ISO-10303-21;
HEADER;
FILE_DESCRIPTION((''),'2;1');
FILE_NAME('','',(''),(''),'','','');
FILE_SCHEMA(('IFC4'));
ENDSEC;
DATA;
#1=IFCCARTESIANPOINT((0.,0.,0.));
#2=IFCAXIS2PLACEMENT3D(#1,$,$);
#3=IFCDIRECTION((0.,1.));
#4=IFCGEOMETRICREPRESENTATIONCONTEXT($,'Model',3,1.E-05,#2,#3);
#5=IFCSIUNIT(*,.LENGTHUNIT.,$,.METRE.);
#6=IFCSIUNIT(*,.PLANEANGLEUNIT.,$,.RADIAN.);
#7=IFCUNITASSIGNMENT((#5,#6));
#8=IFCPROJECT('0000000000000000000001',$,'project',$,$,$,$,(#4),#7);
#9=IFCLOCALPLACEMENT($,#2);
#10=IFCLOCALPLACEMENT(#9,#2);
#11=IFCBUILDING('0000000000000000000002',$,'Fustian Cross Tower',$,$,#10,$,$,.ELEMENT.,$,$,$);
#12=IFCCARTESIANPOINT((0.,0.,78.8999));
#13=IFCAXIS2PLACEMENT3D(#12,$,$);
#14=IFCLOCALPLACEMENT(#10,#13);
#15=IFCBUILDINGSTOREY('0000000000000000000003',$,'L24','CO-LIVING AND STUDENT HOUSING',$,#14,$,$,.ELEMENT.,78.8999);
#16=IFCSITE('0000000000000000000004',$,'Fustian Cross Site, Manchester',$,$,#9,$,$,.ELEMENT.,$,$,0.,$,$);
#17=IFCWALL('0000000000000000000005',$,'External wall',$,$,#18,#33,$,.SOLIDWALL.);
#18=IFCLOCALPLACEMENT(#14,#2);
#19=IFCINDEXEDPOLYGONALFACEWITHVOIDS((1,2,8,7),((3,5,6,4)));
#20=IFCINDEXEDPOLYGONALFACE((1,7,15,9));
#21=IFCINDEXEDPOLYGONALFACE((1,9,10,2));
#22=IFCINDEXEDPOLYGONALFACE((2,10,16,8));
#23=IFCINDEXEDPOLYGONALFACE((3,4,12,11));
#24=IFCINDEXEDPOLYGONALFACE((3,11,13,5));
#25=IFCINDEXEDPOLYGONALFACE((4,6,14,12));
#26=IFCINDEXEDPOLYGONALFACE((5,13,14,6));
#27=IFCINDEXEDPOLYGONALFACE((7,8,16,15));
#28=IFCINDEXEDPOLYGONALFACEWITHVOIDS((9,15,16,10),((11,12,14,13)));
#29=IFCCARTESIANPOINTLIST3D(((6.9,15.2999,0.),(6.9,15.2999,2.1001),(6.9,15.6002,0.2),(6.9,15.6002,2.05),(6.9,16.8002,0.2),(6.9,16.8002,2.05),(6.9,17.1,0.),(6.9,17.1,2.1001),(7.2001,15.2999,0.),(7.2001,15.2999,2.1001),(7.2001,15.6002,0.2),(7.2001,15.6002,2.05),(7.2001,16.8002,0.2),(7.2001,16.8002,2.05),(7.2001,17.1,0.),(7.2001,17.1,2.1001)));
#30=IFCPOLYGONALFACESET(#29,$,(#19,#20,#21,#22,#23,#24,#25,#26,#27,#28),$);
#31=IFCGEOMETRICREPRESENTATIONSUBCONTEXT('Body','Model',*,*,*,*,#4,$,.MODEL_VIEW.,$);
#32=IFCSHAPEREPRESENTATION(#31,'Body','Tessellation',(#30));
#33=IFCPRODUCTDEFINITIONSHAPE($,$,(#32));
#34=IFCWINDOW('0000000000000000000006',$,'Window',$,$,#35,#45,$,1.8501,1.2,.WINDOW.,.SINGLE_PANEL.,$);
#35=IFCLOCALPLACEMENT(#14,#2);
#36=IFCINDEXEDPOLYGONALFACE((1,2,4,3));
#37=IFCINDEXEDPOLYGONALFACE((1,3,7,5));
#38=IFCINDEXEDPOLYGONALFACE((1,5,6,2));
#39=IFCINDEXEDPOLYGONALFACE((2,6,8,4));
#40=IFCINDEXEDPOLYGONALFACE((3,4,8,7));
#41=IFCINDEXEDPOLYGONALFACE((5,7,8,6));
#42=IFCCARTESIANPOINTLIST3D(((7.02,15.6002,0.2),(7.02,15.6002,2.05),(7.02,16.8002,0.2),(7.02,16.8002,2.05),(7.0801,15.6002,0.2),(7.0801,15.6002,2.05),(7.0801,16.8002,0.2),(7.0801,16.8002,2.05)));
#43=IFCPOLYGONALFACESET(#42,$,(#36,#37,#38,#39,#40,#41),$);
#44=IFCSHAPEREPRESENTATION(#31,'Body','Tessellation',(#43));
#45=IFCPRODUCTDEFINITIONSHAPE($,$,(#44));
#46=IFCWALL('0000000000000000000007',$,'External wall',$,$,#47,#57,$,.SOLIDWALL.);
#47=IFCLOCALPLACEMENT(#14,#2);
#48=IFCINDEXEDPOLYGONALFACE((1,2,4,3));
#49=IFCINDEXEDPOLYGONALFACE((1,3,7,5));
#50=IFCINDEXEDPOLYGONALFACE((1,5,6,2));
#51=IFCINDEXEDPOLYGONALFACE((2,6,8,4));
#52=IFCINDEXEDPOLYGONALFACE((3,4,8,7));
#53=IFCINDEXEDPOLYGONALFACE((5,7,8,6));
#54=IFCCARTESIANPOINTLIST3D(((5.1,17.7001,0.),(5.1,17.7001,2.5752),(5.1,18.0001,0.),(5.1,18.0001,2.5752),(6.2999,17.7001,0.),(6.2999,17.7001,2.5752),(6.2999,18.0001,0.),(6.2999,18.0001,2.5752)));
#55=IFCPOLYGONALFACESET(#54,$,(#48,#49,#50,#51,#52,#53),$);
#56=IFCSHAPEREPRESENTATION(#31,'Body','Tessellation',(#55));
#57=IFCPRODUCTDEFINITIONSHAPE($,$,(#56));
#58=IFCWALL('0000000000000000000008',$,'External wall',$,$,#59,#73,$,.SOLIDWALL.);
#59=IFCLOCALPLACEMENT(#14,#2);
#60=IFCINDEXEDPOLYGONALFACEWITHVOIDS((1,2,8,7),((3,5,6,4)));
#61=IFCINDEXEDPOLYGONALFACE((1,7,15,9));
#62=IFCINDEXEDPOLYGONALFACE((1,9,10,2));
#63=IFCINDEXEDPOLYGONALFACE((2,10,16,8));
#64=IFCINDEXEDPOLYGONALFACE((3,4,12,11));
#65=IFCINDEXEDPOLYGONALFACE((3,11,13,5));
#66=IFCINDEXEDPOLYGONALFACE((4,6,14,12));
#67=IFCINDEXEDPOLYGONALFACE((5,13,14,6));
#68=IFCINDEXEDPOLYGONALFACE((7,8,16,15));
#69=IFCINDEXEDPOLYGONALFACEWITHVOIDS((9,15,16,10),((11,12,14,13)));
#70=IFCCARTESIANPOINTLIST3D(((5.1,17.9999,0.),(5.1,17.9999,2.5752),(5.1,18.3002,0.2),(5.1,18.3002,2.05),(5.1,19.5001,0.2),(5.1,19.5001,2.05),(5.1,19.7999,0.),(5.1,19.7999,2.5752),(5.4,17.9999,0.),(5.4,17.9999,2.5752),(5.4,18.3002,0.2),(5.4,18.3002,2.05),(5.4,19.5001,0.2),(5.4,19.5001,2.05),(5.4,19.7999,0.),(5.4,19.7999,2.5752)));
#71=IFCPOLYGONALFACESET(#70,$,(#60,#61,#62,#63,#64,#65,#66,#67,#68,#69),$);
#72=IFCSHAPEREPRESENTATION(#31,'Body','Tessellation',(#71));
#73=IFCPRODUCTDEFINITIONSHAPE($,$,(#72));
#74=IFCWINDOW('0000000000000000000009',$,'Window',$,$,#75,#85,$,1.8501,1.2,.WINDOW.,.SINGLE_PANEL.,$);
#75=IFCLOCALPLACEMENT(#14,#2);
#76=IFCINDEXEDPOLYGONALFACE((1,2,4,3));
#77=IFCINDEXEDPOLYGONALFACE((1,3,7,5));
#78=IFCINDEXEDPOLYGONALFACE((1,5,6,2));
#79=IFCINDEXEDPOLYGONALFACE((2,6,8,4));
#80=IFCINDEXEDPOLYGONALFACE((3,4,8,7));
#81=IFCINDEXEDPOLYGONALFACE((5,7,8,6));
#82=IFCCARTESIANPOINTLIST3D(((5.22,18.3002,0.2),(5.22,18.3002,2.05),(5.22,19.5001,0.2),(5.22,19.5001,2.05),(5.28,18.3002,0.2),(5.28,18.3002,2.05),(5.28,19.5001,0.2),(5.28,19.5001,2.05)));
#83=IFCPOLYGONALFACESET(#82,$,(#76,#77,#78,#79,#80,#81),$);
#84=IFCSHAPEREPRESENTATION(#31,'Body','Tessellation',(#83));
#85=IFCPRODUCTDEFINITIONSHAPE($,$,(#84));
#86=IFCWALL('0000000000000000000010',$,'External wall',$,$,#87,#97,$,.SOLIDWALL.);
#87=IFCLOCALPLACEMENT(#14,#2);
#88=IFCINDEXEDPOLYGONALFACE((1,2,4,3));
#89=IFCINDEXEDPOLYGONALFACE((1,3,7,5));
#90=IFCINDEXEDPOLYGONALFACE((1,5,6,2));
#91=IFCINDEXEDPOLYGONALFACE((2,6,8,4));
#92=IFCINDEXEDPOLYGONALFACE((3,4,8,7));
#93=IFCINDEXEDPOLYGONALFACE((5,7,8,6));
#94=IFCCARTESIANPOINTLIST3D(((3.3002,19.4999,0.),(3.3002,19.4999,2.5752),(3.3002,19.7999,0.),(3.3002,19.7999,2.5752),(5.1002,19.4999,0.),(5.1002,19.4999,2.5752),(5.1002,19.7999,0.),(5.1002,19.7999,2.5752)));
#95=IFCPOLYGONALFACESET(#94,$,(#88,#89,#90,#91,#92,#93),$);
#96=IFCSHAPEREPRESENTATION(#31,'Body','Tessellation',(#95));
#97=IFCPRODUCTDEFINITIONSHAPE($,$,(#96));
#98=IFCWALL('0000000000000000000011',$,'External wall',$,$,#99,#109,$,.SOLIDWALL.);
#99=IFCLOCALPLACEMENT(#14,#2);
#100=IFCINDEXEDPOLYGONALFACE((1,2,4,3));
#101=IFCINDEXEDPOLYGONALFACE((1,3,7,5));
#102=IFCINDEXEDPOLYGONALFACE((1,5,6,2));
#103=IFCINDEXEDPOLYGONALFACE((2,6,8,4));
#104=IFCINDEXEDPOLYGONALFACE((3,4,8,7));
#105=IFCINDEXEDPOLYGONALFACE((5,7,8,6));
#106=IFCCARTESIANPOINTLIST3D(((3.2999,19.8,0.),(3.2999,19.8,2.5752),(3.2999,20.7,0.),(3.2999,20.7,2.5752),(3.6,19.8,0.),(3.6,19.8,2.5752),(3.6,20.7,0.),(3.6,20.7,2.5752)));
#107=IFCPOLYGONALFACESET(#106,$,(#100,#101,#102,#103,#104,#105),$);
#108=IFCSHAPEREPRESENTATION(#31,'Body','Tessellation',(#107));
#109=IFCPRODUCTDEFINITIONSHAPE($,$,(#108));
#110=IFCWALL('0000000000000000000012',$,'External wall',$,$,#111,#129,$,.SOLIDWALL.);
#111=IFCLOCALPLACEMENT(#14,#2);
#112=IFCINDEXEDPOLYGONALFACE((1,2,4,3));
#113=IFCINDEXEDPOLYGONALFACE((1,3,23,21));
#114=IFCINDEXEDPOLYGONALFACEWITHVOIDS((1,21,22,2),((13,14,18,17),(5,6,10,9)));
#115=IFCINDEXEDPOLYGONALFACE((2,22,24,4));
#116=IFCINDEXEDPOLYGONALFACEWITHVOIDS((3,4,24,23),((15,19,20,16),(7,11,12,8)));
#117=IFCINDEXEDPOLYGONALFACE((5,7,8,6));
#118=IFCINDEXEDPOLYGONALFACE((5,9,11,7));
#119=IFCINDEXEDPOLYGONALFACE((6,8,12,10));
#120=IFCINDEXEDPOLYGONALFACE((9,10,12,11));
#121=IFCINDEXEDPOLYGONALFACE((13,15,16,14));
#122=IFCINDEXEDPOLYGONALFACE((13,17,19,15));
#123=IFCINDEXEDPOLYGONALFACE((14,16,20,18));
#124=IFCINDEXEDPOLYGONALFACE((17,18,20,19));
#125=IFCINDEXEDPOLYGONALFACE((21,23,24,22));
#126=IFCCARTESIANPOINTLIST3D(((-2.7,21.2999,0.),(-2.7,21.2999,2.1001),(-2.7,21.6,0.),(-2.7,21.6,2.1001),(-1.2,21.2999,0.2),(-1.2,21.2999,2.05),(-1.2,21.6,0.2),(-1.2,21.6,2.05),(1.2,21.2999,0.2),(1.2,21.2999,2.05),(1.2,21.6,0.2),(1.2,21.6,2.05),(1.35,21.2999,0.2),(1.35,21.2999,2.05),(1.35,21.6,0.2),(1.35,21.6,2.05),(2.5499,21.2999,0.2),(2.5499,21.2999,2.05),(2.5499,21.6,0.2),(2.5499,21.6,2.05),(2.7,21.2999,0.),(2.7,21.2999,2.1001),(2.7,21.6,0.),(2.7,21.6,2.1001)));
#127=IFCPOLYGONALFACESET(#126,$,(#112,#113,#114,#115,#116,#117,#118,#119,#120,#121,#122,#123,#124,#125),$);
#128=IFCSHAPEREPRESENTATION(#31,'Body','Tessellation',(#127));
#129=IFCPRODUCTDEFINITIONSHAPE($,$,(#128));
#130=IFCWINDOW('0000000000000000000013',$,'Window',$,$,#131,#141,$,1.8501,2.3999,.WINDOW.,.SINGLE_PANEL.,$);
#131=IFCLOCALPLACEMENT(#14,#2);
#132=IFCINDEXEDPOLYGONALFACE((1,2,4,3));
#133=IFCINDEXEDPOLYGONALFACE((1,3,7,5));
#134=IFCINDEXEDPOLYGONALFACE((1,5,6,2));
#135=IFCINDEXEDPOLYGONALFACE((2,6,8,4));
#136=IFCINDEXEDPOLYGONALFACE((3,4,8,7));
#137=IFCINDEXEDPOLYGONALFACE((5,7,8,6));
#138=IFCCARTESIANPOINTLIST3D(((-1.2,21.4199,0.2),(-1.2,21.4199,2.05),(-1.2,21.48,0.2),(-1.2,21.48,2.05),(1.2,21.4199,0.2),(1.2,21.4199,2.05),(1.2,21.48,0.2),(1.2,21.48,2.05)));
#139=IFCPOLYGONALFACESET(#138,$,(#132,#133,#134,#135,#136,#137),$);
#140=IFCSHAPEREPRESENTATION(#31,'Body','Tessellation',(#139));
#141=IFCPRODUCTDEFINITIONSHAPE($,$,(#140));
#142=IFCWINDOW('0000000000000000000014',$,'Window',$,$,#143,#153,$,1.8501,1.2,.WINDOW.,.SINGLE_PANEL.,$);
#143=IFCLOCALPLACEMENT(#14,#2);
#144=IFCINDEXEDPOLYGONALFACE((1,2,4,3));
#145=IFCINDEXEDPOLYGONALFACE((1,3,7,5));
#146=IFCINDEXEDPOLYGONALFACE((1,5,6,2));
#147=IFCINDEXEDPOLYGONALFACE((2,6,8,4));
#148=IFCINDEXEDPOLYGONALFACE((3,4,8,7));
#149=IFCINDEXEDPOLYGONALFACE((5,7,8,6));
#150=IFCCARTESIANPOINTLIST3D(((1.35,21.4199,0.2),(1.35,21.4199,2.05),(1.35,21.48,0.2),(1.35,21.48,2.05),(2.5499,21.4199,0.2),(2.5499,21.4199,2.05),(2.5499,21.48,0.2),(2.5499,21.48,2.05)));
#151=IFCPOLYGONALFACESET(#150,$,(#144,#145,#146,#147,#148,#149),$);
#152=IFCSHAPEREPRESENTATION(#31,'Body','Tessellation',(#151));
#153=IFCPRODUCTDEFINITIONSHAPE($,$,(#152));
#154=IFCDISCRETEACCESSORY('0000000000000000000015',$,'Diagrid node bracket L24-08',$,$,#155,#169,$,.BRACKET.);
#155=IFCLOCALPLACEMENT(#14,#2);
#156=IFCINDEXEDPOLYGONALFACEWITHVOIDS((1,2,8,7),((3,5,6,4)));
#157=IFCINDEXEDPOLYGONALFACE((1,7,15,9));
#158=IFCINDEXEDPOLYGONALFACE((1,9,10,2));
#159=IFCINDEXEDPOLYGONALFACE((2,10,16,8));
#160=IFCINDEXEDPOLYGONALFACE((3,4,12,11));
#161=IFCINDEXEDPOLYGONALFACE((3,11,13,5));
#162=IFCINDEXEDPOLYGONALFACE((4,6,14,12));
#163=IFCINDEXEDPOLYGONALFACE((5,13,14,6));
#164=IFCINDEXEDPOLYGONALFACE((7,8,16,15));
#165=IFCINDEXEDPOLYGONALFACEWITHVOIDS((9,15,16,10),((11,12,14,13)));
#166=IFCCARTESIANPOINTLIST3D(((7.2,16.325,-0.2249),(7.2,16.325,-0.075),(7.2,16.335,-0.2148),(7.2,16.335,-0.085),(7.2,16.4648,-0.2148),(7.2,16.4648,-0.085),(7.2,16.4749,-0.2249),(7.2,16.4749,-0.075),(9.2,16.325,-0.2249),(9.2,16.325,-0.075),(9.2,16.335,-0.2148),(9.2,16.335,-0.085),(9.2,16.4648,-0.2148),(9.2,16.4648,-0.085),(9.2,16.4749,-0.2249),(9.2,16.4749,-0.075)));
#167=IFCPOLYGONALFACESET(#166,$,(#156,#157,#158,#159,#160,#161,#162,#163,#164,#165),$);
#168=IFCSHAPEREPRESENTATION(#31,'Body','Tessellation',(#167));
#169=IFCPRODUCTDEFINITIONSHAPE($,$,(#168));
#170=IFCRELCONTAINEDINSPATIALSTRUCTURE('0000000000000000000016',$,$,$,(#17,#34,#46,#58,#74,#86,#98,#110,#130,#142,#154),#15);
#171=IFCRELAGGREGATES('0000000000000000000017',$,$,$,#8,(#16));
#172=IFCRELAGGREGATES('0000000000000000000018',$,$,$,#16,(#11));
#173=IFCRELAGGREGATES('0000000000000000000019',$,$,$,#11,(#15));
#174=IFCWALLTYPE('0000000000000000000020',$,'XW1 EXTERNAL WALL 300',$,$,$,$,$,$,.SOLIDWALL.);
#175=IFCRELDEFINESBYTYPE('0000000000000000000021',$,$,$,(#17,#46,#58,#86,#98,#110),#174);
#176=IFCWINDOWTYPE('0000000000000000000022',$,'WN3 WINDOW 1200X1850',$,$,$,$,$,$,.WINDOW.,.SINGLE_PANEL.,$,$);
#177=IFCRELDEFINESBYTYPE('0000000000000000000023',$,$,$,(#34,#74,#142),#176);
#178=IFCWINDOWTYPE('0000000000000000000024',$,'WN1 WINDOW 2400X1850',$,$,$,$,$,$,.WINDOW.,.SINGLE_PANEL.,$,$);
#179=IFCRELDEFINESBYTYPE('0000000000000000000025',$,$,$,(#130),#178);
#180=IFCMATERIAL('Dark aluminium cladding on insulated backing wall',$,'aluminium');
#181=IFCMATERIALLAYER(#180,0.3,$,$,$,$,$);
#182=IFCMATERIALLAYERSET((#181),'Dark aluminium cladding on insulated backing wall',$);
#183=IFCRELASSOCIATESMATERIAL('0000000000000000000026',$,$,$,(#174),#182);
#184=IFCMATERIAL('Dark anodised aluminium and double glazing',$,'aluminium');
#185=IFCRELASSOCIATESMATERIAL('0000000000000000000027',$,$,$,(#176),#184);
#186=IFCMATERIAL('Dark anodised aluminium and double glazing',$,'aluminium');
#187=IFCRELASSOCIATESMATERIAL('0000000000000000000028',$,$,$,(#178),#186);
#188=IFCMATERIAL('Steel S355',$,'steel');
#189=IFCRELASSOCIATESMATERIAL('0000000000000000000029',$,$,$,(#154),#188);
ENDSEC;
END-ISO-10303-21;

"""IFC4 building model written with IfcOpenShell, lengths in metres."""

from ifc_helpers import new_model, si_unit, direction, frame, frame_2d, origin, origin_2d, place, context, subcontext, project, spatial, rectangle, hollow_rectangle, extrude, material, layer, layer_set, type_object, element, fill, save


model = new_model("IFC4")

# Units and contexts
model_context = context("Model", 3, precision=1e-05, world=origin(), true_north=direction((0.0, 1.0)))
body_context = subcontext(model_context, "Body", "Model", "MODEL_VIEW")
ifc_project = project(units=[si_unit("LENGTHUNIT", "METRE"), si_unit("PLANEANGLEUNIT", "RADIAN")], contexts=[model_context])

# Site, building, storey
site_placement = place(None, origin())
site = spatial("IfcSite", under=ifc_project, at=site_placement, Name="Fustian Cross Site, Manchester", CompositionType="ELEMENT", RefElevation=0.0)
building_placement = place(site_placement, origin())
building = spatial("IfcBuilding", under=site, at=building_placement, Name="Fustian Cross Tower", CompositionType="ELEMENT")
storey_placement = place(building_placement, frame((0.0, 0.0, 78.8999)))
storey = spatial("IfcBuildingStorey", under=building, at=storey_placement, Name="L24", Description="CO-LIVING AND STUDENT HOUSING", CompositionType="ELEMENT", Elevation=78.8999)

# Wall, opening, window
ifc_material_1 = material(Name="Dark aluminium cladding on insulated backing wall", Category="aluminium")
ifc_layer = layer(ifc_material_1, 0.3)
ifc_layer_set = layer_set([ifc_layer], Name="Dark aluminium cladding on insulated backing wall")
wall_type = type_object("IfcWallType", Name="XW1 EXTERNAL WALL 300", PredefinedType="SOLIDWALL", material=ifc_layer_set)
wall_1_placement = place(storey_placement, frame((7.05, 15.3, 0.0), z_axis=(0.0, 0.0, 1.0), x_axis=(0.0, 1.0, 0.0)))
wall_1 = element("IfcWall", 1, at=wall_1_placement, inside=storey, type_object=wall_type, Name="External wall", PredefinedType="SOLIDWALL", context=body_context, shape_type="SweptSolid", body=[
    extrude(rectangle(XDim=1.8, YDim=0.3, at=frame_2d((0.8999, 0.0))), origin(), (0.0, 0.0, 1.0), 2.1001),
])
opening_1_placement = place(wall_1_placement, frame((0.3, 0.0, 0.2)))
opening_1 = element("IfcOpeningElement", 2, at=opening_1_placement, cuts=wall_1, PredefinedType="OPENING", context=body_context, shape_type="SweptSolid", body=[
    extrude(rectangle(XDim=1.2, YDim=1.8501, at=frame_2d((0.6001, 0.925))), frame((0.0, 0.1599, 0.0), z_axis=(0.0, -1.0, 0.0), x_axis=(1.0, 0.0, 0.0)), (0.0, 0.0, 1.0), 0.3201),
])
ifc_material_2 = material(Name="Dark anodised aluminium and double glazing", Category="aluminium")
window_type_1 = type_object("IfcWindowType", Name="WN3 WINDOW 1200X1850", PartitioningType="SINGLE_PANEL", PredefinedType="WINDOW", material=ifc_material_2)
window_1_placement = place(opening_1_placement, origin())
window_1 = element("IfcWindow", 3, at=window_1_placement, inside=storey, type_object=window_type_1, Name="Window", OverallHeight=1.8501, OverallWidth=1.2, PartitioningType="SINGLE_PANEL", PredefinedType="WINDOW", context=body_context, shape_type="SweptSolid", body=[
    extrude(rectangle(XDim=1.2, YDim=1.8501, at=frame_2d((0.6001, 0.925))), frame((0.0, 0.03, 0.0), z_axis=(0.0, -1.0, 0.0), x_axis=(1.0, 0.0, 0.0)), (0.0, 0.0, 1.0), 0.0601),
])
fill(opening_1, window_1)

# Wall
wall_2_placement = place(storey_placement, frame((6.3, 17.8501, 0.0), z_axis=(0.0, 0.0, 1.0), x_axis=(-1.0, 0.0, 0.0)))
element("IfcWall", 4, at=wall_2_placement, inside=storey, type_object=wall_type, Name="External wall", PredefinedType="SOLIDWALL", context=body_context, shape_type="SweptSolid", body=[
    extrude(rectangle(XDim=1.2, YDim=0.3, at=frame_2d((0.6001, 0.0))), origin(), (0.0, 0.0, 1.0), 2.5752),
])

# Wall, opening, window
wall_3_placement = place(storey_placement, frame((5.25, 18.0, 0.0), z_axis=(0.0, 0.0, 1.0), x_axis=(0.0, 1.0, 0.0)))
wall_3 = element("IfcWall", 5, at=wall_3_placement, inside=storey, type_object=wall_type, Name="External wall", PredefinedType="SOLIDWALL", context=body_context, shape_type="SweptSolid", body=[
    extrude(rectangle(XDim=1.8, YDim=0.3, at=frame_2d((0.8999, 0.0))), origin(), (0.0, 0.0, 1.0), 2.5752),
])
opening_2_placement = place(wall_3_placement, frame((0.3, 0.0, 0.2)))
opening_2 = element("IfcOpeningElement", 6, at=opening_2_placement, cuts=wall_3, PredefinedType="OPENING", context=body_context, shape_type="SweptSolid", body=[
    extrude(rectangle(XDim=1.2, YDim=1.8501, at=frame_2d((0.6001, 0.925))), frame((0.0, 0.1599, 0.0), z_axis=(0.0, -1.0, 0.0), x_axis=(1.0, 0.0, 0.0)), (0.0, 0.0, 1.0), 0.3201),
])
window_2_placement = place(opening_2_placement, origin())
window_2 = element("IfcWindow", 7, at=window_2_placement, inside=storey, type_object=window_type_1, Name="Window", OverallHeight=1.8501, OverallWidth=1.2, PartitioningType="SINGLE_PANEL", PredefinedType="WINDOW", context=body_context, shape_type="SweptSolid", body=[
    extrude(rectangle(XDim=1.2, YDim=1.8501, at=frame_2d((0.6001, 0.925))), frame((0.0, 0.03, 0.0), z_axis=(0.0, -1.0, 0.0), x_axis=(1.0, 0.0, 0.0)), (0.0, 0.0, 1.0), 0.0601),
])
fill(opening_2, window_2)

# Walls
wall_4_placement = place(storey_placement, frame((5.1001, 19.6499, 0.0), z_axis=(0.0, 0.0, 1.0), x_axis=(-1.0, 0.0, 0.0)))
element("IfcWall", 8, at=wall_4_placement, inside=storey, type_object=wall_type, Name="External wall", PredefinedType="SOLIDWALL", context=body_context, shape_type="SweptSolid", body=[
    extrude(rectangle(XDim=1.8, YDim=0.3, at=frame_2d((0.8999, 0.0))), origin(), (0.0, 0.0, 1.0), 2.5752),
])
wall_5_placement = place(storey_placement, frame((3.45, 19.8, 0.0), z_axis=(0.0, 0.0, 1.0), x_axis=(0.0, 1.0, 0.0)))
element("IfcWall", 9, at=wall_5_placement, inside=storey, type_object=wall_type, Name="External wall", PredefinedType="SOLIDWALL", context=body_context, shape_type="SweptSolid", body=[
    extrude(rectangle(XDim=0.8999, YDim=0.3, at=frame_2d((0.45, 0.0))), origin(), (0.0, 0.0, 1.0), 2.5752),
])

# Wall, openings, windows
wall_6_placement = place(storey_placement, frame((2.7, 21.45, 0.0), z_axis=(0.0, 0.0, 1.0), x_axis=(-1.0, 0.0, 0.0)))
wall_6 = element("IfcWall", 10, at=wall_6_placement, inside=storey, type_object=wall_type, Name="External wall", PredefinedType="SOLIDWALL", context=body_context, shape_type="SweptSolid", body=[
    extrude(rectangle(XDim=5.3999, YDim=0.3, at=frame_2d((2.7, 0.0))), origin(), (0.0, 0.0, 1.0), 2.1001),
])
opening_3_placement = place(wall_6_placement, frame((1.5, 0.0, 0.2)))
opening_3 = element("IfcOpeningElement", 11, at=opening_3_placement, cuts=wall_6, PredefinedType="OPENING", context=body_context, shape_type="SweptSolid", body=[
    extrude(rectangle(XDim=2.3999, YDim=1.8501, at=frame_2d((1.2, 0.925))), frame((0.0, 0.1599, 0.0), z_axis=(0.0, -1.0, 0.0), x_axis=(1.0, 0.0, 0.0)), (0.0, 0.0, 1.0), 0.3201),
])
opening_4_placement = place(wall_6_placement, frame((0.1499, 0.0, 0.2)))
opening_4 = element("IfcOpeningElement", 12, at=opening_4_placement, cuts=wall_6, PredefinedType="OPENING", context=body_context, shape_type="SweptSolid", body=[
    extrude(rectangle(XDim=1.2, YDim=1.8501, at=frame_2d((0.6001, 0.925))), frame((0.0, 0.1599, 0.0), z_axis=(0.0, -1.0, 0.0), x_axis=(1.0, 0.0, 0.0)), (0.0, 0.0, 1.0), 0.3201),
])
ifc_material_3 = material(Name="Dark anodised aluminium and double glazing", Category="aluminium")
window_type_2 = type_object("IfcWindowType", Name="WN1 WINDOW 2400X1850", PartitioningType="SINGLE_PANEL", PredefinedType="WINDOW", material=ifc_material_3)
window_3_placement = place(opening_3_placement, origin())
window_3 = element("IfcWindow", 13, at=window_3_placement, inside=storey, type_object=window_type_2, Name="Window", OverallHeight=1.8501, OverallWidth=2.3999, PartitioningType="SINGLE_PANEL", PredefinedType="WINDOW", context=body_context, shape_type="SweptSolid", body=[
    extrude(rectangle(XDim=2.3999, YDim=1.8501, at=frame_2d((1.2, 0.925))), frame((0.0, 0.03, 0.0), z_axis=(0.0, -1.0, 0.0), x_axis=(1.0, 0.0, 0.0)), (0.0, 0.0, 1.0), 0.0601),
])
fill(opening_3, window_3)
window_4_placement = place(opening_4_placement, origin())
window_4 = element("IfcWindow", 14, at=window_4_placement, inside=storey, type_object=window_type_1, Name="Window", OverallHeight=1.8501, OverallWidth=1.2, PartitioningType="SINGLE_PANEL", PredefinedType="WINDOW", context=body_context, shape_type="SweptSolid", body=[
    extrude(rectangle(XDim=1.2, YDim=1.8501, at=frame_2d((0.6001, 0.925))), frame((0.0, 0.03, 0.0), z_axis=(0.0, -1.0, 0.0), x_axis=(1.0, 0.0, 0.0)), (0.0, 0.0, 1.0), 0.0601),
])
fill(opening_4, window_4)

# Discrete accessory
ifc_material_4 = material(Name="Steel S355", Category="steel")
discrete_accessory_placement = place(storey_placement, frame((9.2, 16.3999, -0.1499), z_axis=(-1.0, 0.0, 0.0), x_axis=(0.0, -1.0, 0.0)))
element("IfcDiscreteAccessory", 15, at=discrete_accessory_placement, inside=storey, material=ifc_material_4, Name="Diagrid node bracket L24-08", PredefinedType="BRACKET", context=body_context, shape_type="SweptSolid", body=[
    extrude(hollow_rectangle(XDim=0.1499, YDim=0.1499, WallThickness=0.01, at=origin_2d()), origin(), (0.0, 0.0, 1.0), 2.0),
])

save(model, "model.ifc")
